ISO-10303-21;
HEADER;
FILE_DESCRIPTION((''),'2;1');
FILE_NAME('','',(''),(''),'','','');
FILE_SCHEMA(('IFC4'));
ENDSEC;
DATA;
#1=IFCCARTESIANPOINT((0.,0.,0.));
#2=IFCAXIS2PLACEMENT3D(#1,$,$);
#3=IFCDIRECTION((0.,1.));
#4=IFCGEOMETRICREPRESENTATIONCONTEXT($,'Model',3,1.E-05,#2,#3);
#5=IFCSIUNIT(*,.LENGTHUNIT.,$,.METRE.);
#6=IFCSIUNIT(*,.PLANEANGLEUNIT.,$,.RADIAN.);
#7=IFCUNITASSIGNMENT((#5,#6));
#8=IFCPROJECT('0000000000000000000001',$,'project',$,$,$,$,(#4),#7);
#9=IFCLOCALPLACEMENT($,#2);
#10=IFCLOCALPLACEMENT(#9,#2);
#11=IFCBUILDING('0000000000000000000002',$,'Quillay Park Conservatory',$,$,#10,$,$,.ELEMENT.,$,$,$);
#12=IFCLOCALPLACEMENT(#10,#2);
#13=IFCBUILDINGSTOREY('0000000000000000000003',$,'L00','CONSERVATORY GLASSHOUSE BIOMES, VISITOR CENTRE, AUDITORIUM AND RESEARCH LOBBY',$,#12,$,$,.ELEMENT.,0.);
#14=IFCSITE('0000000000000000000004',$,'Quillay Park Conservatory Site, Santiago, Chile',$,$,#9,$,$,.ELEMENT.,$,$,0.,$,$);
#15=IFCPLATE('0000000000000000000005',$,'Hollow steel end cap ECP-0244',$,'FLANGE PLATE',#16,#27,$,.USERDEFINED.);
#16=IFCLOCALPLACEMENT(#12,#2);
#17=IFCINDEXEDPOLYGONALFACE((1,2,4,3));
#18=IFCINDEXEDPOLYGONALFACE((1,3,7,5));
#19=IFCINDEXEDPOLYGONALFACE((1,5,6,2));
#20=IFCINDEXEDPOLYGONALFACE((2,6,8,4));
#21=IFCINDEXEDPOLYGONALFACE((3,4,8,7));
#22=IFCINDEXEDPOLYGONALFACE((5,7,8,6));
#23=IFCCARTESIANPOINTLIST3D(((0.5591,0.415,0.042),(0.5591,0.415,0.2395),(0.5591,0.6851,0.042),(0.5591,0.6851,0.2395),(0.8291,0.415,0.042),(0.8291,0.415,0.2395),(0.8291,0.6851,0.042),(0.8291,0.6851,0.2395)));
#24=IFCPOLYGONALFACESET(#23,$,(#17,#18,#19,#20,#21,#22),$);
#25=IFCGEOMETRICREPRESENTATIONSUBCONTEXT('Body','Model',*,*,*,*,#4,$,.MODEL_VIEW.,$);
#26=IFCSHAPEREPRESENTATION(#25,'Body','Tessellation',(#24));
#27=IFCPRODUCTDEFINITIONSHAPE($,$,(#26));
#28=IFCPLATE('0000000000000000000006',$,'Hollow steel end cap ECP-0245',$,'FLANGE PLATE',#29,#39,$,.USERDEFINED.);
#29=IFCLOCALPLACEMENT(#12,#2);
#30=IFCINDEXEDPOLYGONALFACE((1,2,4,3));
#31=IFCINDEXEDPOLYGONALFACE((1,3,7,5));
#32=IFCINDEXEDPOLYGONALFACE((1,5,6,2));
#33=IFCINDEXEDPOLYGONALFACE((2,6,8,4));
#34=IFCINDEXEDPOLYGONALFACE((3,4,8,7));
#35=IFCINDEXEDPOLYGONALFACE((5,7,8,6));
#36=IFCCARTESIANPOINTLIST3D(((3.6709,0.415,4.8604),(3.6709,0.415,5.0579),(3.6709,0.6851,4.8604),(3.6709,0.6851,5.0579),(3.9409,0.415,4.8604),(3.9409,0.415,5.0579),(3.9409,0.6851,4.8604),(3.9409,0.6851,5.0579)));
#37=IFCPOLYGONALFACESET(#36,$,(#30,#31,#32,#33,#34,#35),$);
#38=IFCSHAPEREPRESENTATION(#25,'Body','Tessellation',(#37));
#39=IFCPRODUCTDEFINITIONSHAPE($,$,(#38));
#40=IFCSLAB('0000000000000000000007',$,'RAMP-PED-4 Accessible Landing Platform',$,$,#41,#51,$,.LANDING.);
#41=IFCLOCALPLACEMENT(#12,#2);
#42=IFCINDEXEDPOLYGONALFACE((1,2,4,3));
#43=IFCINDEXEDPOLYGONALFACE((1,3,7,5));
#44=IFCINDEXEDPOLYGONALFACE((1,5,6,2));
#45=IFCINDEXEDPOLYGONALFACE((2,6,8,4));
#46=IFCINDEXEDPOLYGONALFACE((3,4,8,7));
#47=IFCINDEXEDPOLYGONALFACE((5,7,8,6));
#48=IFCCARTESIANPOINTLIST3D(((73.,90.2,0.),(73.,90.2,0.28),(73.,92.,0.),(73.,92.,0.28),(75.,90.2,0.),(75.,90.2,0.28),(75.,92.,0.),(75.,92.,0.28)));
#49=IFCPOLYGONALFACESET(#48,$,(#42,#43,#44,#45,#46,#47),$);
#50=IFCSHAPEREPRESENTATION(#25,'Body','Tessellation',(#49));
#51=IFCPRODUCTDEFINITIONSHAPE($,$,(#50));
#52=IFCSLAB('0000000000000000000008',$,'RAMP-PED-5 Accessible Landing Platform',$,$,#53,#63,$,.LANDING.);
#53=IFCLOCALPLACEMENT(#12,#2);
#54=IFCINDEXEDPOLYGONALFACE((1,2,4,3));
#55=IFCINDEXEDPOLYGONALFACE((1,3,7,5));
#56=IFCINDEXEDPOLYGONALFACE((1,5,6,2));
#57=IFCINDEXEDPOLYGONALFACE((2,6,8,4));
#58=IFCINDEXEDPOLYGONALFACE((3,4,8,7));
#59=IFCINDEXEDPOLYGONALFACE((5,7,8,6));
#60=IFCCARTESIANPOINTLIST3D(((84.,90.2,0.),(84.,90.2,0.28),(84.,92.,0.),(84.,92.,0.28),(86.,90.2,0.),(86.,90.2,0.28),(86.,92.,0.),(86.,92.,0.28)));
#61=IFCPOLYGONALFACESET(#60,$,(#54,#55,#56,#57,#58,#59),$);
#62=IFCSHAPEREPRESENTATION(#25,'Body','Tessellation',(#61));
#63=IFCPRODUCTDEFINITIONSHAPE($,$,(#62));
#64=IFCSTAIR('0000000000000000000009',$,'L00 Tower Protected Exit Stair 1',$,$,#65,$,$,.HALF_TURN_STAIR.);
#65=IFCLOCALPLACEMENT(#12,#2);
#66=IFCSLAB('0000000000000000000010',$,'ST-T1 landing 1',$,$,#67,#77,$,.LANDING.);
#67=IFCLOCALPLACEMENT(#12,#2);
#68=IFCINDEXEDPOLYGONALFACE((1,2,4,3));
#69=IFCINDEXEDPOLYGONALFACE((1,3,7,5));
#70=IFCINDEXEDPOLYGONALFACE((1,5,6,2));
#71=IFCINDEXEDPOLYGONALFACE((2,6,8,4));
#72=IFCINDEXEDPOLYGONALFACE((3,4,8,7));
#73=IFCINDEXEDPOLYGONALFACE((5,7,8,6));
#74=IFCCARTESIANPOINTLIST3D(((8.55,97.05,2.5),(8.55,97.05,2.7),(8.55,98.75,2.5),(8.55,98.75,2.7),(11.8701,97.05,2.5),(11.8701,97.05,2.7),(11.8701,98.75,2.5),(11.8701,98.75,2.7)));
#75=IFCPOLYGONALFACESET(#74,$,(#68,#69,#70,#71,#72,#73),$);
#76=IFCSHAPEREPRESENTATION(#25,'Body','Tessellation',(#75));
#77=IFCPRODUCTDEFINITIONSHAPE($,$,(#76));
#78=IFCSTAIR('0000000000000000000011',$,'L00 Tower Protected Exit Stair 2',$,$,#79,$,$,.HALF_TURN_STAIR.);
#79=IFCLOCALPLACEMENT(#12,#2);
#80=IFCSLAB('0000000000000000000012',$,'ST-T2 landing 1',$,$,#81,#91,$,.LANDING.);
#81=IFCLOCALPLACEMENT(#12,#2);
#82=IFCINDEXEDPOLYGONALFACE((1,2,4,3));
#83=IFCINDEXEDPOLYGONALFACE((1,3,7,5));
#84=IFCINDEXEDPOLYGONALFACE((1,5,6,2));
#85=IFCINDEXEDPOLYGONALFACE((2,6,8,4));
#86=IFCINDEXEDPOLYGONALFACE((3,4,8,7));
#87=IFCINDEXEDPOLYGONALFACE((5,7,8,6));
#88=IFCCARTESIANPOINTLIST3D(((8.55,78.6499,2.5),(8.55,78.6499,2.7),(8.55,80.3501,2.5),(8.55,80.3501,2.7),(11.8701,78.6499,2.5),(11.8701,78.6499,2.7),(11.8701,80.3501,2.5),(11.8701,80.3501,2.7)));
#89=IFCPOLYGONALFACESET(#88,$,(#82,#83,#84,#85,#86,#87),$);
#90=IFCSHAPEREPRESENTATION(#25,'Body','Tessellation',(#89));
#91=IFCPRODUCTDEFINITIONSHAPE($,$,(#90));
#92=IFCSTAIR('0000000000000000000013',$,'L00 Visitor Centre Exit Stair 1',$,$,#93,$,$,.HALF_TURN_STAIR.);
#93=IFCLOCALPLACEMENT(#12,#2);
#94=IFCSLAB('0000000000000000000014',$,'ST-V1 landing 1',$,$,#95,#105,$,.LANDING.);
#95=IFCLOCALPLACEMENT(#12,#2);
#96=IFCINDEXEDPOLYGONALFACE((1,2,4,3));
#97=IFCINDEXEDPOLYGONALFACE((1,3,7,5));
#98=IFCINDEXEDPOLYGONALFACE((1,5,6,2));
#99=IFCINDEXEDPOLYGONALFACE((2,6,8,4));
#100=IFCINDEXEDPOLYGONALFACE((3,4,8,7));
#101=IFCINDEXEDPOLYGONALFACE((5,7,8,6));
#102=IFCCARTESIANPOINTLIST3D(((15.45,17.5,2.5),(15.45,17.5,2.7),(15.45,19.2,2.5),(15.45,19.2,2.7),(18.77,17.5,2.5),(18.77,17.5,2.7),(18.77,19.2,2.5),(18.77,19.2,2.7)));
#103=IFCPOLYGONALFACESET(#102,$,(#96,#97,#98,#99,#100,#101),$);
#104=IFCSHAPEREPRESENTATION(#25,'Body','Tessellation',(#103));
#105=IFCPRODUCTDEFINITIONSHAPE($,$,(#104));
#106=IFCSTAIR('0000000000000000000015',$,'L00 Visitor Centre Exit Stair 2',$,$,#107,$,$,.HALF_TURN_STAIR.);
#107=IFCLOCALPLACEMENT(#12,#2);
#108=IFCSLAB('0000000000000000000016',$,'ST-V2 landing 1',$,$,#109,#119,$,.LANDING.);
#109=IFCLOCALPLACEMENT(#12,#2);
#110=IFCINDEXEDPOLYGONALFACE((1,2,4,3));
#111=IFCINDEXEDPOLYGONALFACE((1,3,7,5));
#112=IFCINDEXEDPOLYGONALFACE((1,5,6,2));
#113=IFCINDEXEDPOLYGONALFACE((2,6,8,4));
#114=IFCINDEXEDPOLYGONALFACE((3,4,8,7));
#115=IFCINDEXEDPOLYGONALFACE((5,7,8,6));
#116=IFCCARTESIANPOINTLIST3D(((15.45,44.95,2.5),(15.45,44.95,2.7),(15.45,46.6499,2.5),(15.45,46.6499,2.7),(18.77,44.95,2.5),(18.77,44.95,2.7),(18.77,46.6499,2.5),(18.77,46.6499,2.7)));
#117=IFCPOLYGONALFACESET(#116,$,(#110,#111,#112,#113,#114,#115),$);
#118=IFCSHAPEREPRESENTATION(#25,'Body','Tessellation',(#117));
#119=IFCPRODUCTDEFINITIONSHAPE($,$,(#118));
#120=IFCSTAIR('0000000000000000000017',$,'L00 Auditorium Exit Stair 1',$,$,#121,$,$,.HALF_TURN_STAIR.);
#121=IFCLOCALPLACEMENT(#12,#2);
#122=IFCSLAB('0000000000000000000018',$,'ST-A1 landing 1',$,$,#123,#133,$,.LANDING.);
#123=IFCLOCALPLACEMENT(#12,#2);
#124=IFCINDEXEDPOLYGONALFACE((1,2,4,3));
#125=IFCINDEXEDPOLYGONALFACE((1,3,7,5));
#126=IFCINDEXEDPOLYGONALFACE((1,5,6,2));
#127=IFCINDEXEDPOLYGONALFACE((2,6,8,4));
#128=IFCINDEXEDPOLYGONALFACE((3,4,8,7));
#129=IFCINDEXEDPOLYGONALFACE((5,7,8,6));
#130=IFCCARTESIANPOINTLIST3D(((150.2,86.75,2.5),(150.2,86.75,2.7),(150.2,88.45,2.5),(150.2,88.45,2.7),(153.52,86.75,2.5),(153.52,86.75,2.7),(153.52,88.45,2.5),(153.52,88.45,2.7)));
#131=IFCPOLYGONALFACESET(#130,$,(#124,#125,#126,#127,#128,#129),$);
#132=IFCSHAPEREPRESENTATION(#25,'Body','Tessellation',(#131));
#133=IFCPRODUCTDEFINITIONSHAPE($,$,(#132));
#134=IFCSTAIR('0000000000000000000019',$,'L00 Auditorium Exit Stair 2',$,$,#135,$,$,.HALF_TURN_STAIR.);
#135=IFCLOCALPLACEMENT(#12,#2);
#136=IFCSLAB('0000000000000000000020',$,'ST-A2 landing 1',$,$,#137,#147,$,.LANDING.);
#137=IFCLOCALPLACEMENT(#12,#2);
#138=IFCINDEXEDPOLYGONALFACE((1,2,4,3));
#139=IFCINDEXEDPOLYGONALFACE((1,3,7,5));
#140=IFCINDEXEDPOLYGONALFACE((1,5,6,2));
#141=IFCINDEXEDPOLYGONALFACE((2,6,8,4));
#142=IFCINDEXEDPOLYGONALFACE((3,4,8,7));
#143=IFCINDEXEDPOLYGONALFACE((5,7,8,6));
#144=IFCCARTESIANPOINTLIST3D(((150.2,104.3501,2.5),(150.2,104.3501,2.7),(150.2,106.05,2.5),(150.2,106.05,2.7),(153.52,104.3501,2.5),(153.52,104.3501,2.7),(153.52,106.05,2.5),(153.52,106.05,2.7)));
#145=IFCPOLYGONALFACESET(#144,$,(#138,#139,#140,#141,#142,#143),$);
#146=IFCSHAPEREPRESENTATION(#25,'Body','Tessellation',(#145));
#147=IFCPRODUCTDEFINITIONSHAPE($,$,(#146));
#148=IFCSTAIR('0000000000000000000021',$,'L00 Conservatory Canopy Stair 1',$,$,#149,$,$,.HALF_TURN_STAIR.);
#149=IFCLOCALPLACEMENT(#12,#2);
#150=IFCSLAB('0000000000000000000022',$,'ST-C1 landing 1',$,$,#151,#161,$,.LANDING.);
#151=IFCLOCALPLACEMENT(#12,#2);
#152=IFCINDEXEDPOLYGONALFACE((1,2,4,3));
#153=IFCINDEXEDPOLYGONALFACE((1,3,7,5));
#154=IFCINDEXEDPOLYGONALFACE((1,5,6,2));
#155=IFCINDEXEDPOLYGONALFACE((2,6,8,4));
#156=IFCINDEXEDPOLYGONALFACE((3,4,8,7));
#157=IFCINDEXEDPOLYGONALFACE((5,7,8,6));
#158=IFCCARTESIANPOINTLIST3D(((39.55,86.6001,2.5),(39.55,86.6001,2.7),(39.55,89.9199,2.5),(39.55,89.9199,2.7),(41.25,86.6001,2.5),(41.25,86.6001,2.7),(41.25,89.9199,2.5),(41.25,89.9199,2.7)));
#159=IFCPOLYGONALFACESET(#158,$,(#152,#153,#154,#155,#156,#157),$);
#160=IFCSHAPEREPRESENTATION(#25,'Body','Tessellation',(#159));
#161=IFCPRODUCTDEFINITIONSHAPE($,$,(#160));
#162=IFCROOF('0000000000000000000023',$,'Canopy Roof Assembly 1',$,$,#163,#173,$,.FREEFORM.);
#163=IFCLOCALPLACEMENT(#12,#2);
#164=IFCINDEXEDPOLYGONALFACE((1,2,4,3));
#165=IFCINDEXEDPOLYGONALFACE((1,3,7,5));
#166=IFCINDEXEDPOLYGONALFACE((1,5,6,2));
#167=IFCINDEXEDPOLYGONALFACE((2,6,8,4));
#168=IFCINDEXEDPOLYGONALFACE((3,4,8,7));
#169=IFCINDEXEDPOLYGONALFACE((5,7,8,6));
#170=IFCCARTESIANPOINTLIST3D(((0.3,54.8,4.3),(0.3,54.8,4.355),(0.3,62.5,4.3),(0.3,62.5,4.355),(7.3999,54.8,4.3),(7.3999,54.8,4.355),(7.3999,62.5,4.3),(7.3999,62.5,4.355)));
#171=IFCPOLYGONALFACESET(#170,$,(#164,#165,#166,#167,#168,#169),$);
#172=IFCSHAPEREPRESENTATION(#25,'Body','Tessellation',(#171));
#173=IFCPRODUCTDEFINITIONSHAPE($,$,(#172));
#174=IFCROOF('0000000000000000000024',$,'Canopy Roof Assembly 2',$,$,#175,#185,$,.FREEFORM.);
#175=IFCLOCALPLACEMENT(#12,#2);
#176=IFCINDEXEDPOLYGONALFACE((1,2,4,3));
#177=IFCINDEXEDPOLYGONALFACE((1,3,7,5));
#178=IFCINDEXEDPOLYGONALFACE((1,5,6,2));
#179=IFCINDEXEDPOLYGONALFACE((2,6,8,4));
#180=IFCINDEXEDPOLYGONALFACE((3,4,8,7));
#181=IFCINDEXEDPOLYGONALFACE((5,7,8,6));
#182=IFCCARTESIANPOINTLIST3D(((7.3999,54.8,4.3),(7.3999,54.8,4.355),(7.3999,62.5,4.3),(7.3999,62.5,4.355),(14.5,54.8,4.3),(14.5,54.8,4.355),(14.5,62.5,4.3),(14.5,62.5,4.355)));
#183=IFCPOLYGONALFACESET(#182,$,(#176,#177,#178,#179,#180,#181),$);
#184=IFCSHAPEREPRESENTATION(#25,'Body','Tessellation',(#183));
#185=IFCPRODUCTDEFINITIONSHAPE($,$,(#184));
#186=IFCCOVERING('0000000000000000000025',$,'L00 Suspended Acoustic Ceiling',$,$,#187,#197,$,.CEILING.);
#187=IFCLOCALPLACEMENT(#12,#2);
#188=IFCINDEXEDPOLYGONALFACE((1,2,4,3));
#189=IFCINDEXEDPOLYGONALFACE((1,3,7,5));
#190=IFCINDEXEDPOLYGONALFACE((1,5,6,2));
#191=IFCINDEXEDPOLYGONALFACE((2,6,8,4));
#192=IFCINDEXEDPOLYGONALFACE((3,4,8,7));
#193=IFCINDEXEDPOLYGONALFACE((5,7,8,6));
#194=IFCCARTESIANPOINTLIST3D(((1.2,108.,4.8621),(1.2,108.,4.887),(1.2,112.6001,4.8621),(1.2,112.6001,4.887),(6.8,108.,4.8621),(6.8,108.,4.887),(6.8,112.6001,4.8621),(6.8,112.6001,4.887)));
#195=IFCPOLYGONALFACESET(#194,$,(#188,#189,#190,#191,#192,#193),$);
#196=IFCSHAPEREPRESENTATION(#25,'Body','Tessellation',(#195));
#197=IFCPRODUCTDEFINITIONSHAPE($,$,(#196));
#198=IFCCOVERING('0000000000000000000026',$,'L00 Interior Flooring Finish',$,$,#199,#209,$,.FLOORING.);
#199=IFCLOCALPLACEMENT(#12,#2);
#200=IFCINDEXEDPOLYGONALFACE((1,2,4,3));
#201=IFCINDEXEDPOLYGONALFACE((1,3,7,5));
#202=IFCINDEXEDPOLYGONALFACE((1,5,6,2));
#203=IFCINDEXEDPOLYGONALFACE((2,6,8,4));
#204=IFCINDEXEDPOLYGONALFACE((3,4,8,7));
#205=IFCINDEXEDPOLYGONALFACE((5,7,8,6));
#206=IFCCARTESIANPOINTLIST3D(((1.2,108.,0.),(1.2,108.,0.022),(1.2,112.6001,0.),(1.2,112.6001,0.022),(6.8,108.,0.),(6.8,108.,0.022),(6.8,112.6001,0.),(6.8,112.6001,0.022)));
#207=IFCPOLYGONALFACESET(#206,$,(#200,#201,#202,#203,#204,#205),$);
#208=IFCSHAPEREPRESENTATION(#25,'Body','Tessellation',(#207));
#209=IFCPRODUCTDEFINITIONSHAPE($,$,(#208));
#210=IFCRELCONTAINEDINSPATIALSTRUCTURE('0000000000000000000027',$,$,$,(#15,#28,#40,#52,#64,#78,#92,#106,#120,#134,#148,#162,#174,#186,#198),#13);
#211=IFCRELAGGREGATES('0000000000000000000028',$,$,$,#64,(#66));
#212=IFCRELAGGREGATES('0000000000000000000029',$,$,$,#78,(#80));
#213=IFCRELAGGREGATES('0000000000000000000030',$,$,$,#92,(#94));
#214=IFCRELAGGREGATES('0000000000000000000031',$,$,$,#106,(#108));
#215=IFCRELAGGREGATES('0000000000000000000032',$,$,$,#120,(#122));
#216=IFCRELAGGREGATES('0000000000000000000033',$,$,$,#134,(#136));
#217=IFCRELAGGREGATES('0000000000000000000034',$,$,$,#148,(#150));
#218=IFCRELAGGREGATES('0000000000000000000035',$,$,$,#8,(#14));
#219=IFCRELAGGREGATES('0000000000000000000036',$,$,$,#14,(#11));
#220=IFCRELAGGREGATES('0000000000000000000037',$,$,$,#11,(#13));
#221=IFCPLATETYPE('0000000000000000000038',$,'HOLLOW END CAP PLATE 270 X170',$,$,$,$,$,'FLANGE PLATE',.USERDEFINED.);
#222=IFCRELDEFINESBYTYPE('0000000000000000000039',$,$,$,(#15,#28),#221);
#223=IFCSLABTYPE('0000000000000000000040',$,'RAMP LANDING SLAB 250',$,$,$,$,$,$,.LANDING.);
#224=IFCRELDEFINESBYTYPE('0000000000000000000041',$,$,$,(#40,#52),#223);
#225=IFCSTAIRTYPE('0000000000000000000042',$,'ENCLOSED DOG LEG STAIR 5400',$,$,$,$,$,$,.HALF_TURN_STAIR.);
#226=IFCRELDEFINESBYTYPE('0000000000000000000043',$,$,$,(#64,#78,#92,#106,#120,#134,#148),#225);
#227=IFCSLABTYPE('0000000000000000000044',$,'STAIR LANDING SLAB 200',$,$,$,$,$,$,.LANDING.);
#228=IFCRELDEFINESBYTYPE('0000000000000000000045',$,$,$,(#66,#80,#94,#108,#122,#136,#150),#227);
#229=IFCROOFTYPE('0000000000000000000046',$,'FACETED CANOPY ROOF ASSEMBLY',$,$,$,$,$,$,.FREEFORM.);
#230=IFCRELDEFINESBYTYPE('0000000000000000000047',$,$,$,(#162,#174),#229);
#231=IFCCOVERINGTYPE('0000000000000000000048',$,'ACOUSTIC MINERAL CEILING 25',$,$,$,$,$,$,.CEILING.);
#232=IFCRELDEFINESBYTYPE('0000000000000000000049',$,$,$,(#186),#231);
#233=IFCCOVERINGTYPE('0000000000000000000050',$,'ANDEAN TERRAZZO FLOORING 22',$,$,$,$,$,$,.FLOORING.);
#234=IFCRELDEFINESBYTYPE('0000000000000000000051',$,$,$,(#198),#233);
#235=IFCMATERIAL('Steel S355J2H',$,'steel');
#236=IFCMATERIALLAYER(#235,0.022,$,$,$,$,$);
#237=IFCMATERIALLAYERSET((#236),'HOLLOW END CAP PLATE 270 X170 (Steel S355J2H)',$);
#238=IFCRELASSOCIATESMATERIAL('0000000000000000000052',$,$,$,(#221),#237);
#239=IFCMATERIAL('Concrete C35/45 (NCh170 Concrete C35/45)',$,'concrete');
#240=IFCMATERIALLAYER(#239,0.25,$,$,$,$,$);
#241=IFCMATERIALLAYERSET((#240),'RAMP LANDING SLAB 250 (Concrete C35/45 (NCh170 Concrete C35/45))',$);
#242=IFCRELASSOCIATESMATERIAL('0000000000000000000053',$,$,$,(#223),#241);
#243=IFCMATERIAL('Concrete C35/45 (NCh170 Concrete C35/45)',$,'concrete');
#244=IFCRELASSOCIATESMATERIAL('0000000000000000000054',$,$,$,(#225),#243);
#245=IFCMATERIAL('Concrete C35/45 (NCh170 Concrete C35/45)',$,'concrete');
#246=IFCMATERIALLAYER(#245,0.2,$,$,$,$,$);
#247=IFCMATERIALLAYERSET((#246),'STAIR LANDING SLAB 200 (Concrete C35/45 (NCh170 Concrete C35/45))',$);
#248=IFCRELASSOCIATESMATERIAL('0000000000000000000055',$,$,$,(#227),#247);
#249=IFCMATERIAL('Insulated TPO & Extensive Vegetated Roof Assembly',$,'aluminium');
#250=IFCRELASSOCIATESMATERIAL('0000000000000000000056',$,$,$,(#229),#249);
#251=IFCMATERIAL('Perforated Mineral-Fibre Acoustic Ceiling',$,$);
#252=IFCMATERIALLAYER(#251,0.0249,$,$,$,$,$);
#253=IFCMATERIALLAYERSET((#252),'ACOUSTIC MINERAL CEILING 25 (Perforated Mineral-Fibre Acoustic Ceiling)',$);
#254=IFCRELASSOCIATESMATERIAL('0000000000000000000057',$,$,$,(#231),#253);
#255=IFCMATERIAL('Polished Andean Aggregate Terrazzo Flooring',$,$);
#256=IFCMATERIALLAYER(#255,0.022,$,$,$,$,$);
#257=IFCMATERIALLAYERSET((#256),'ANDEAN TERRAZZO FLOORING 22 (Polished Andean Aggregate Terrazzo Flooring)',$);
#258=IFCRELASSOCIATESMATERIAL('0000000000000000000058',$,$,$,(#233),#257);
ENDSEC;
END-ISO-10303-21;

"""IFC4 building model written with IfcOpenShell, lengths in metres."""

from ifc_helpers import new_model, si_unit, direction, frame, origin, origin_2d, place, context, subcontext, project, spatial, polyline, rectangle, outline, extrude, material, layer, layer_set, type_object, element, aggregate, save


model = new_model("IFC4")

# Units and contexts
model_context = context("Model", 3, precision=1e-05, world=origin(), true_north=direction((0.0, 1.0)))
body_context = subcontext(model_context, "Body", "Model", "MODEL_VIEW")
ifc_project = project(units=[si_unit("LENGTHUNIT", "METRE"), si_unit("PLANEANGLEUNIT", "RADIAN")], contexts=[model_context])

# Site, building, storey
site_placement = place(None, origin())
site = spatial("IfcSite", under=ifc_project, at=site_placement, Name="Quillay Park Conservatory Site, Santiago, Chile", CompositionType="ELEMENT", RefElevation=0.0)
building_placement = place(site_placement, origin())
building = spatial("IfcBuilding", under=site, at=building_placement, Name="Quillay Park Conservatory", CompositionType="ELEMENT")
storey_placement = place(building_placement, origin())
storey = spatial("IfcBuildingStorey", under=building, at=storey_placement, Name="L00", Description="CONSERVATORY GLASSHOUSE BIOMES, VISITOR CENTRE, AUDITORIUM AND RESEARCH LOBBY", CompositionType="ELEMENT", Elevation=0.0)

# Plates
ifc_material_1 = material(Name="Steel S355J2H", Category="steel")
ifc_layer_1 = layer(ifc_material_1, 0.022)
ifc_layer_set_1 = layer_set([ifc_layer_1], Name="HOLLOW END CAP PLATE 270 X170 (Steel S355J2H)")
plate_type = type_object("IfcPlateType", Name="HOLLOW END CAP PLATE 270 X170", ElementType="FLANGE PLATE", PredefinedType="USERDEFINED", material=ifc_layer_set_1)
for number, where, z_axis, x_axis, name in (
    (1, (0.6941, 0.55, 0.042), (0.0, 0.0, 1.0), (1.0, 0.0, 0.0), "Hollow steel end cap ECP-0244"),
    (2, (3.8059, 0.55, 4.8604), (0.0, 0.0, 1.0), (1.0, 0.0, 0.0), "Hollow steel end cap ECP-0245"),
):
    element("IfcPlate", number, at=place(storey_placement, frame(where, z_axis=z_axis, x_axis=x_axis)), inside=storey, type_object=plate_type, Name=name, ObjectType="FLANGE PLATE", PredefinedType="USERDEFINED", context=body_context, shape_type="SweptSolid", body=[
        extrude(rectangle(XDim=0.27, YDim=0.27, at=origin_2d()), origin(), (0.0, 0.0, 1.0), 0.1975),
    ])

# Slabs
ifc_material_2 = material(Name="Concrete C35/45 (NCh170 Concrete C35/45)", Category="concrete")
ifc_layer_2 = layer(ifc_material_2, 0.25)
ifc_layer_set_2 = layer_set([ifc_layer_2], Name="RAMP LANDING SLAB 250 (Concrete C35/45 (NCh170 Concrete C35/45))")
slab_type_1 = type_object("IfcSlabType", Name="RAMP LANDING SLAB 250", PredefinedType="LANDING", material=ifc_layer_set_2)
slab_1_placement = place(storey_placement, origin())
element("IfcSlab", 3, at=slab_1_placement, inside=storey, type_object=slab_type_1, Name="RAMP-PED-4 Accessible Landing Platform", PredefinedType="LANDING", context=body_context, shape_type="SweptSolid", body=[
    extrude(outline(polyline([(73.0, 90.2), (75.0, 90.2), (75.0, 92.0), (73.0, 92.0), (73.0, 90.2)])), origin(), (0.0, 0.0, 1.0), 0.28),
])
slab_2_placement = place(storey_placement, origin())
element("IfcSlab", 4, at=slab_2_placement, inside=storey, type_object=slab_type_1, Name="RAMP-PED-5 Accessible Landing Platform", PredefinedType="LANDING", context=body_context, shape_type="SweptSolid", body=[
    extrude(outline(polyline([(84.0, 90.2), (86.0, 90.2), (86.0, 92.0), (84.0, 92.0), (84.0, 90.2)])), origin(), (0.0, 0.0, 1.0), 0.28),
])

# Stairs, slabs
ifc_material_3 = material(Name="Concrete C35/45 (NCh170 Concrete C35/45)", Category="concrete")
stair_type = type_object("IfcStairType", Name="ENCLOSED DOG LEG STAIR 5400", PredefinedType="HALF_TURN_STAIR", material=ifc_material_3)
stair_1_placement = place(storey_placement, origin())
stair_1 = element("IfcStair", 5, at=stair_1_placement, inside=storey, type_object=stair_type, Name="L00 Tower Protected Exit Stair 1", PredefinedType="HALF_TURN_STAIR")
ifc_material_4 = material(Name="Concrete C35/45 (NCh170 Concrete C35/45)", Category="concrete")
ifc_layer_3 = layer(ifc_material_4, 0.2)
ifc_layer_set_3 = layer_set([ifc_layer_3], Name="STAIR LANDING SLAB 200 (Concrete C35/45 (NCh170 Concrete C35/45))")
slab_type_2 = type_object("IfcSlabType", Name="STAIR LANDING SLAB 200", PredefinedType="LANDING", material=ifc_layer_set_3)
slab_3_placement = place(storey_placement, frame((0.0, 0.0, 2.5)))
slab_3 = element("IfcSlab", 6, at=slab_3_placement, type_object=slab_type_2, Name="ST-T1 landing 1", PredefinedType="LANDING", context=body_context, shape_type="SweptSolid", body=[
    extrude(outline(polyline([(11.8701, 97.05), (11.8701, 98.75), (8.55, 98.75), (8.55, 97.05), (11.8701, 97.05)])), origin(), (0.0, 0.0, 1.0), 0.2),
])
aggregate(stair_1, [slab_3])
stair_2_placement = place(storey_placement, origin())
stair_2 = element("IfcStair", 7, at=stair_2_placement, inside=storey, type_object=stair_type, Name="L00 Tower Protected Exit Stair 2", PredefinedType="HALF_TURN_STAIR")
slab_4_placement = place(storey_placement, frame((0.0, 0.0, 2.5)))
slab_4 = element("IfcSlab", 8, at=slab_4_placement, type_object=slab_type_2, Name="ST-T2 landing 1", PredefinedType="LANDING", context=body_context, shape_type="SweptSolid", body=[
    extrude(outline(polyline([(8.55, 80.3501), (8.55, 78.6499), (11.8701, 78.6499), (11.8701, 80.3501), (8.55, 80.3501)])), origin(), (0.0, 0.0, 1.0), 0.2),
])
aggregate(stair_2, [slab_4])
stair_3_placement = place(storey_placement, origin())
stair_3 = element("IfcStair", 9, at=stair_3_placement, inside=storey, type_object=stair_type, Name="L00 Visitor Centre Exit Stair 1", PredefinedType="HALF_TURN_STAIR")
slab_5_placement = place(storey_placement, frame((0.0, 0.0, 2.5)))
slab_5 = element("IfcSlab", 10, at=slab_5_placement, type_object=slab_type_2, Name="ST-V1 landing 1", PredefinedType="LANDING", context=body_context, shape_type="SweptSolid", body=[
    extrude(outline(polyline([(15.45, 19.2), (15.45, 17.5), (18.77, 17.5), (18.77, 19.2), (15.45, 19.2)])), origin(), (0.0, 0.0, 1.0), 0.2),
])
aggregate(stair_3, [slab_5])
stair_4_placement = place(storey_placement, origin())
stair_4 = element("IfcStair", 11, at=stair_4_placement, inside=storey, type_object=stair_type, Name="L00 Visitor Centre Exit Stair 2", PredefinedType="HALF_TURN_STAIR")
slab_6_placement = place(storey_placement, frame((0.0, 0.0, 2.5)))
slab_6 = element("IfcSlab", 12, at=slab_6_placement, type_object=slab_type_2, Name="ST-V2 landing 1", PredefinedType="LANDING", context=body_context, shape_type="SweptSolid", body=[
    extrude(outline(polyline([(18.77, 44.95), (18.77, 46.6499), (15.45, 46.6499), (15.45, 44.95), (18.77, 44.95)])), origin(), (0.0, 0.0, 1.0), 0.2),
])
aggregate(stair_4, [slab_6])
stair_5_placement = place(storey_placement, origin())
stair_5 = element("IfcStair", 13, at=stair_5_placement, inside=storey, type_object=stair_type, Name="L00 Auditorium Exit Stair 1", PredefinedType="HALF_TURN_STAIR")
slab_7_placement = place(storey_placement, frame((0.0, 0.0, 2.5)))
slab_7 = element("IfcSlab", 14, at=slab_7_placement, type_object=slab_type_2, Name="ST-A1 landing 1", PredefinedType="LANDING", context=body_context, shape_type="SweptSolid", body=[
    extrude(outline(polyline([(150.2, 88.45), (150.2, 86.75), (153.52, 86.75), (153.52, 88.45), (150.2, 88.45)])), origin(), (0.0, 0.0, 1.0), 0.2),
])
aggregate(stair_5, [slab_7])
stair_6_placement = place(storey_placement, origin())
stair_6 = element("IfcStair", 15, at=stair_6_placement, inside=storey, type_object=stair_type, Name="L00 Auditorium Exit Stair 2", PredefinedType="HALF_TURN_STAIR")
slab_8_placement = place(storey_placement, frame((0.0, 0.0, 2.5)))
slab_8 = element("IfcSlab", 16, at=slab_8_placement, type_object=slab_type_2, Name="ST-A2 landing 1", PredefinedType="LANDING", context=body_context, shape_type="SweptSolid", body=[
    extrude(outline(polyline([(153.52, 104.3501), (153.52, 106.05), (150.2, 106.05), (150.2, 104.3501), (153.52, 104.3501)])), origin(), (0.0, 0.0, 1.0), 0.2),
])
aggregate(stair_6, [slab_8])
stair_7_placement = place(storey_placement, origin())
stair_7 = element("IfcStair", 17, at=stair_7_placement, inside=storey, type_object=stair_type, Name="L00 Conservatory Canopy Stair 1", PredefinedType="HALF_TURN_STAIR")
slab_9_placement = place(storey_placement, frame((0.0, 0.0, 2.5)))
slab_9 = element("IfcSlab", 18, at=slab_9_placement, type_object=slab_type_2, Name="ST-C1 landing 1", PredefinedType="LANDING", context=body_context, shape_type="SweptSolid", body=[
    extrude(outline(polyline([(39.55, 86.6001), (41.25, 86.6001), (41.25, 89.9199), (39.55, 89.9199), (39.55, 86.6001)])), origin(), (0.0, 0.0, 1.0), 0.2),
])
aggregate(stair_7, [slab_9])

# Roofs
ifc_material_5 = material(Name="Insulated TPO & Extensive Vegetated Roof Assembly", Category="aluminium")
roof_type = type_object("IfcRoofType", Name="FACETED CANOPY ROOF ASSEMBLY", PredefinedType="FREEFORM", material=ifc_material_5)
roof_1_placement = place(storey_placement, frame((0.0, 0.0, 4.3)))
element("IfcRoof", 19, at=roof_1_placement, inside=storey, type_object=roof_type, Name="Canopy Roof Assembly 1", PredefinedType="FREEFORM", context=body_context, shape_type="SweptSolid", body=[
    extrude(outline(polyline([(0.3, 54.8), (7.3999, 54.8), (7.3999, 62.5), (0.3, 62.5), (0.3, 54.8)])), origin(), (0.0, 0.0, 1.0), 0.0549),
])
roof_2_placement = place(storey_placement, frame((0.0, 0.0, 4.3)))
element("IfcRoof", 20, at=roof_2_placement, inside=storey, type_object=roof_type, Name="Canopy Roof Assembly 2", PredefinedType="FREEFORM", context=body_context, shape_type="SweptSolid", body=[
    extrude(outline(polyline([(7.3999, 54.8), (14.5, 54.8), (14.5, 62.5), (7.3999, 62.5), (7.3999, 54.8)])), origin(), (0.0, 0.0, 1.0), 0.0549),
])

# Coverings
ifc_material_6 = material(Name="Perforated Mineral-Fibre Acoustic Ceiling")
ifc_layer_4 = layer(ifc_material_6, 0.0249)
ifc_layer_set_4 = layer_set([ifc_layer_4], Name="ACOUSTIC MINERAL CEILING 25 (Perforated Mineral-Fibre Acoustic Ceiling)")
covering_type_1 = type_object("IfcCoveringType", Name="ACOUSTIC MINERAL CEILING 25", PredefinedType="CEILING", material=ifc_layer_set_4)
covering_1_placement = place(storey_placement, frame((0.0, 0.0, 4.8621)))
element("IfcCovering", 21, at=covering_1_placement, inside=storey, type_object=covering_type_1, Name="L00 Suspended Acoustic Ceiling", PredefinedType="CEILING", context=body_context, shape_type="SweptSolid", body=[
    extrude(outline(polyline([(1.2, 108.0), (6.8, 108.0), (6.8, 112.6001), (1.2, 112.6001), (1.2, 108.0)])), origin(), (0.0, 0.0, 1.0), 0.0249),
])
ifc_material_7 = material(Name="Polished Andean Aggregate Terrazzo Flooring")
ifc_layer_5 = layer(ifc_material_7, 0.022)
ifc_layer_set_5 = layer_set([ifc_layer_5], Name="ANDEAN TERRAZZO FLOORING 22 (Polished Andean Aggregate Terrazzo Flooring)")
covering_type_2 = type_object("IfcCoveringType", Name="ANDEAN TERRAZZO FLOORING 22", PredefinedType="FLOORING", material=ifc_layer_set_5)
covering_2_placement = place(storey_placement, origin())
element("IfcCovering", 22, at=covering_2_placement, inside=storey, type_object=covering_type_2, Name="L00 Interior Flooring Finish", PredefinedType="FLOORING", context=body_context, shape_type="SweptSolid", body=[
    extrude(outline(polyline([(1.2, 108.0), (6.8, 108.0), (6.8, 112.6001), (1.2, 112.6001), (1.2, 108.0)])), origin(), (0.0, 0.0, 1.0), 0.022),
])

save(model, "model.ifc")
